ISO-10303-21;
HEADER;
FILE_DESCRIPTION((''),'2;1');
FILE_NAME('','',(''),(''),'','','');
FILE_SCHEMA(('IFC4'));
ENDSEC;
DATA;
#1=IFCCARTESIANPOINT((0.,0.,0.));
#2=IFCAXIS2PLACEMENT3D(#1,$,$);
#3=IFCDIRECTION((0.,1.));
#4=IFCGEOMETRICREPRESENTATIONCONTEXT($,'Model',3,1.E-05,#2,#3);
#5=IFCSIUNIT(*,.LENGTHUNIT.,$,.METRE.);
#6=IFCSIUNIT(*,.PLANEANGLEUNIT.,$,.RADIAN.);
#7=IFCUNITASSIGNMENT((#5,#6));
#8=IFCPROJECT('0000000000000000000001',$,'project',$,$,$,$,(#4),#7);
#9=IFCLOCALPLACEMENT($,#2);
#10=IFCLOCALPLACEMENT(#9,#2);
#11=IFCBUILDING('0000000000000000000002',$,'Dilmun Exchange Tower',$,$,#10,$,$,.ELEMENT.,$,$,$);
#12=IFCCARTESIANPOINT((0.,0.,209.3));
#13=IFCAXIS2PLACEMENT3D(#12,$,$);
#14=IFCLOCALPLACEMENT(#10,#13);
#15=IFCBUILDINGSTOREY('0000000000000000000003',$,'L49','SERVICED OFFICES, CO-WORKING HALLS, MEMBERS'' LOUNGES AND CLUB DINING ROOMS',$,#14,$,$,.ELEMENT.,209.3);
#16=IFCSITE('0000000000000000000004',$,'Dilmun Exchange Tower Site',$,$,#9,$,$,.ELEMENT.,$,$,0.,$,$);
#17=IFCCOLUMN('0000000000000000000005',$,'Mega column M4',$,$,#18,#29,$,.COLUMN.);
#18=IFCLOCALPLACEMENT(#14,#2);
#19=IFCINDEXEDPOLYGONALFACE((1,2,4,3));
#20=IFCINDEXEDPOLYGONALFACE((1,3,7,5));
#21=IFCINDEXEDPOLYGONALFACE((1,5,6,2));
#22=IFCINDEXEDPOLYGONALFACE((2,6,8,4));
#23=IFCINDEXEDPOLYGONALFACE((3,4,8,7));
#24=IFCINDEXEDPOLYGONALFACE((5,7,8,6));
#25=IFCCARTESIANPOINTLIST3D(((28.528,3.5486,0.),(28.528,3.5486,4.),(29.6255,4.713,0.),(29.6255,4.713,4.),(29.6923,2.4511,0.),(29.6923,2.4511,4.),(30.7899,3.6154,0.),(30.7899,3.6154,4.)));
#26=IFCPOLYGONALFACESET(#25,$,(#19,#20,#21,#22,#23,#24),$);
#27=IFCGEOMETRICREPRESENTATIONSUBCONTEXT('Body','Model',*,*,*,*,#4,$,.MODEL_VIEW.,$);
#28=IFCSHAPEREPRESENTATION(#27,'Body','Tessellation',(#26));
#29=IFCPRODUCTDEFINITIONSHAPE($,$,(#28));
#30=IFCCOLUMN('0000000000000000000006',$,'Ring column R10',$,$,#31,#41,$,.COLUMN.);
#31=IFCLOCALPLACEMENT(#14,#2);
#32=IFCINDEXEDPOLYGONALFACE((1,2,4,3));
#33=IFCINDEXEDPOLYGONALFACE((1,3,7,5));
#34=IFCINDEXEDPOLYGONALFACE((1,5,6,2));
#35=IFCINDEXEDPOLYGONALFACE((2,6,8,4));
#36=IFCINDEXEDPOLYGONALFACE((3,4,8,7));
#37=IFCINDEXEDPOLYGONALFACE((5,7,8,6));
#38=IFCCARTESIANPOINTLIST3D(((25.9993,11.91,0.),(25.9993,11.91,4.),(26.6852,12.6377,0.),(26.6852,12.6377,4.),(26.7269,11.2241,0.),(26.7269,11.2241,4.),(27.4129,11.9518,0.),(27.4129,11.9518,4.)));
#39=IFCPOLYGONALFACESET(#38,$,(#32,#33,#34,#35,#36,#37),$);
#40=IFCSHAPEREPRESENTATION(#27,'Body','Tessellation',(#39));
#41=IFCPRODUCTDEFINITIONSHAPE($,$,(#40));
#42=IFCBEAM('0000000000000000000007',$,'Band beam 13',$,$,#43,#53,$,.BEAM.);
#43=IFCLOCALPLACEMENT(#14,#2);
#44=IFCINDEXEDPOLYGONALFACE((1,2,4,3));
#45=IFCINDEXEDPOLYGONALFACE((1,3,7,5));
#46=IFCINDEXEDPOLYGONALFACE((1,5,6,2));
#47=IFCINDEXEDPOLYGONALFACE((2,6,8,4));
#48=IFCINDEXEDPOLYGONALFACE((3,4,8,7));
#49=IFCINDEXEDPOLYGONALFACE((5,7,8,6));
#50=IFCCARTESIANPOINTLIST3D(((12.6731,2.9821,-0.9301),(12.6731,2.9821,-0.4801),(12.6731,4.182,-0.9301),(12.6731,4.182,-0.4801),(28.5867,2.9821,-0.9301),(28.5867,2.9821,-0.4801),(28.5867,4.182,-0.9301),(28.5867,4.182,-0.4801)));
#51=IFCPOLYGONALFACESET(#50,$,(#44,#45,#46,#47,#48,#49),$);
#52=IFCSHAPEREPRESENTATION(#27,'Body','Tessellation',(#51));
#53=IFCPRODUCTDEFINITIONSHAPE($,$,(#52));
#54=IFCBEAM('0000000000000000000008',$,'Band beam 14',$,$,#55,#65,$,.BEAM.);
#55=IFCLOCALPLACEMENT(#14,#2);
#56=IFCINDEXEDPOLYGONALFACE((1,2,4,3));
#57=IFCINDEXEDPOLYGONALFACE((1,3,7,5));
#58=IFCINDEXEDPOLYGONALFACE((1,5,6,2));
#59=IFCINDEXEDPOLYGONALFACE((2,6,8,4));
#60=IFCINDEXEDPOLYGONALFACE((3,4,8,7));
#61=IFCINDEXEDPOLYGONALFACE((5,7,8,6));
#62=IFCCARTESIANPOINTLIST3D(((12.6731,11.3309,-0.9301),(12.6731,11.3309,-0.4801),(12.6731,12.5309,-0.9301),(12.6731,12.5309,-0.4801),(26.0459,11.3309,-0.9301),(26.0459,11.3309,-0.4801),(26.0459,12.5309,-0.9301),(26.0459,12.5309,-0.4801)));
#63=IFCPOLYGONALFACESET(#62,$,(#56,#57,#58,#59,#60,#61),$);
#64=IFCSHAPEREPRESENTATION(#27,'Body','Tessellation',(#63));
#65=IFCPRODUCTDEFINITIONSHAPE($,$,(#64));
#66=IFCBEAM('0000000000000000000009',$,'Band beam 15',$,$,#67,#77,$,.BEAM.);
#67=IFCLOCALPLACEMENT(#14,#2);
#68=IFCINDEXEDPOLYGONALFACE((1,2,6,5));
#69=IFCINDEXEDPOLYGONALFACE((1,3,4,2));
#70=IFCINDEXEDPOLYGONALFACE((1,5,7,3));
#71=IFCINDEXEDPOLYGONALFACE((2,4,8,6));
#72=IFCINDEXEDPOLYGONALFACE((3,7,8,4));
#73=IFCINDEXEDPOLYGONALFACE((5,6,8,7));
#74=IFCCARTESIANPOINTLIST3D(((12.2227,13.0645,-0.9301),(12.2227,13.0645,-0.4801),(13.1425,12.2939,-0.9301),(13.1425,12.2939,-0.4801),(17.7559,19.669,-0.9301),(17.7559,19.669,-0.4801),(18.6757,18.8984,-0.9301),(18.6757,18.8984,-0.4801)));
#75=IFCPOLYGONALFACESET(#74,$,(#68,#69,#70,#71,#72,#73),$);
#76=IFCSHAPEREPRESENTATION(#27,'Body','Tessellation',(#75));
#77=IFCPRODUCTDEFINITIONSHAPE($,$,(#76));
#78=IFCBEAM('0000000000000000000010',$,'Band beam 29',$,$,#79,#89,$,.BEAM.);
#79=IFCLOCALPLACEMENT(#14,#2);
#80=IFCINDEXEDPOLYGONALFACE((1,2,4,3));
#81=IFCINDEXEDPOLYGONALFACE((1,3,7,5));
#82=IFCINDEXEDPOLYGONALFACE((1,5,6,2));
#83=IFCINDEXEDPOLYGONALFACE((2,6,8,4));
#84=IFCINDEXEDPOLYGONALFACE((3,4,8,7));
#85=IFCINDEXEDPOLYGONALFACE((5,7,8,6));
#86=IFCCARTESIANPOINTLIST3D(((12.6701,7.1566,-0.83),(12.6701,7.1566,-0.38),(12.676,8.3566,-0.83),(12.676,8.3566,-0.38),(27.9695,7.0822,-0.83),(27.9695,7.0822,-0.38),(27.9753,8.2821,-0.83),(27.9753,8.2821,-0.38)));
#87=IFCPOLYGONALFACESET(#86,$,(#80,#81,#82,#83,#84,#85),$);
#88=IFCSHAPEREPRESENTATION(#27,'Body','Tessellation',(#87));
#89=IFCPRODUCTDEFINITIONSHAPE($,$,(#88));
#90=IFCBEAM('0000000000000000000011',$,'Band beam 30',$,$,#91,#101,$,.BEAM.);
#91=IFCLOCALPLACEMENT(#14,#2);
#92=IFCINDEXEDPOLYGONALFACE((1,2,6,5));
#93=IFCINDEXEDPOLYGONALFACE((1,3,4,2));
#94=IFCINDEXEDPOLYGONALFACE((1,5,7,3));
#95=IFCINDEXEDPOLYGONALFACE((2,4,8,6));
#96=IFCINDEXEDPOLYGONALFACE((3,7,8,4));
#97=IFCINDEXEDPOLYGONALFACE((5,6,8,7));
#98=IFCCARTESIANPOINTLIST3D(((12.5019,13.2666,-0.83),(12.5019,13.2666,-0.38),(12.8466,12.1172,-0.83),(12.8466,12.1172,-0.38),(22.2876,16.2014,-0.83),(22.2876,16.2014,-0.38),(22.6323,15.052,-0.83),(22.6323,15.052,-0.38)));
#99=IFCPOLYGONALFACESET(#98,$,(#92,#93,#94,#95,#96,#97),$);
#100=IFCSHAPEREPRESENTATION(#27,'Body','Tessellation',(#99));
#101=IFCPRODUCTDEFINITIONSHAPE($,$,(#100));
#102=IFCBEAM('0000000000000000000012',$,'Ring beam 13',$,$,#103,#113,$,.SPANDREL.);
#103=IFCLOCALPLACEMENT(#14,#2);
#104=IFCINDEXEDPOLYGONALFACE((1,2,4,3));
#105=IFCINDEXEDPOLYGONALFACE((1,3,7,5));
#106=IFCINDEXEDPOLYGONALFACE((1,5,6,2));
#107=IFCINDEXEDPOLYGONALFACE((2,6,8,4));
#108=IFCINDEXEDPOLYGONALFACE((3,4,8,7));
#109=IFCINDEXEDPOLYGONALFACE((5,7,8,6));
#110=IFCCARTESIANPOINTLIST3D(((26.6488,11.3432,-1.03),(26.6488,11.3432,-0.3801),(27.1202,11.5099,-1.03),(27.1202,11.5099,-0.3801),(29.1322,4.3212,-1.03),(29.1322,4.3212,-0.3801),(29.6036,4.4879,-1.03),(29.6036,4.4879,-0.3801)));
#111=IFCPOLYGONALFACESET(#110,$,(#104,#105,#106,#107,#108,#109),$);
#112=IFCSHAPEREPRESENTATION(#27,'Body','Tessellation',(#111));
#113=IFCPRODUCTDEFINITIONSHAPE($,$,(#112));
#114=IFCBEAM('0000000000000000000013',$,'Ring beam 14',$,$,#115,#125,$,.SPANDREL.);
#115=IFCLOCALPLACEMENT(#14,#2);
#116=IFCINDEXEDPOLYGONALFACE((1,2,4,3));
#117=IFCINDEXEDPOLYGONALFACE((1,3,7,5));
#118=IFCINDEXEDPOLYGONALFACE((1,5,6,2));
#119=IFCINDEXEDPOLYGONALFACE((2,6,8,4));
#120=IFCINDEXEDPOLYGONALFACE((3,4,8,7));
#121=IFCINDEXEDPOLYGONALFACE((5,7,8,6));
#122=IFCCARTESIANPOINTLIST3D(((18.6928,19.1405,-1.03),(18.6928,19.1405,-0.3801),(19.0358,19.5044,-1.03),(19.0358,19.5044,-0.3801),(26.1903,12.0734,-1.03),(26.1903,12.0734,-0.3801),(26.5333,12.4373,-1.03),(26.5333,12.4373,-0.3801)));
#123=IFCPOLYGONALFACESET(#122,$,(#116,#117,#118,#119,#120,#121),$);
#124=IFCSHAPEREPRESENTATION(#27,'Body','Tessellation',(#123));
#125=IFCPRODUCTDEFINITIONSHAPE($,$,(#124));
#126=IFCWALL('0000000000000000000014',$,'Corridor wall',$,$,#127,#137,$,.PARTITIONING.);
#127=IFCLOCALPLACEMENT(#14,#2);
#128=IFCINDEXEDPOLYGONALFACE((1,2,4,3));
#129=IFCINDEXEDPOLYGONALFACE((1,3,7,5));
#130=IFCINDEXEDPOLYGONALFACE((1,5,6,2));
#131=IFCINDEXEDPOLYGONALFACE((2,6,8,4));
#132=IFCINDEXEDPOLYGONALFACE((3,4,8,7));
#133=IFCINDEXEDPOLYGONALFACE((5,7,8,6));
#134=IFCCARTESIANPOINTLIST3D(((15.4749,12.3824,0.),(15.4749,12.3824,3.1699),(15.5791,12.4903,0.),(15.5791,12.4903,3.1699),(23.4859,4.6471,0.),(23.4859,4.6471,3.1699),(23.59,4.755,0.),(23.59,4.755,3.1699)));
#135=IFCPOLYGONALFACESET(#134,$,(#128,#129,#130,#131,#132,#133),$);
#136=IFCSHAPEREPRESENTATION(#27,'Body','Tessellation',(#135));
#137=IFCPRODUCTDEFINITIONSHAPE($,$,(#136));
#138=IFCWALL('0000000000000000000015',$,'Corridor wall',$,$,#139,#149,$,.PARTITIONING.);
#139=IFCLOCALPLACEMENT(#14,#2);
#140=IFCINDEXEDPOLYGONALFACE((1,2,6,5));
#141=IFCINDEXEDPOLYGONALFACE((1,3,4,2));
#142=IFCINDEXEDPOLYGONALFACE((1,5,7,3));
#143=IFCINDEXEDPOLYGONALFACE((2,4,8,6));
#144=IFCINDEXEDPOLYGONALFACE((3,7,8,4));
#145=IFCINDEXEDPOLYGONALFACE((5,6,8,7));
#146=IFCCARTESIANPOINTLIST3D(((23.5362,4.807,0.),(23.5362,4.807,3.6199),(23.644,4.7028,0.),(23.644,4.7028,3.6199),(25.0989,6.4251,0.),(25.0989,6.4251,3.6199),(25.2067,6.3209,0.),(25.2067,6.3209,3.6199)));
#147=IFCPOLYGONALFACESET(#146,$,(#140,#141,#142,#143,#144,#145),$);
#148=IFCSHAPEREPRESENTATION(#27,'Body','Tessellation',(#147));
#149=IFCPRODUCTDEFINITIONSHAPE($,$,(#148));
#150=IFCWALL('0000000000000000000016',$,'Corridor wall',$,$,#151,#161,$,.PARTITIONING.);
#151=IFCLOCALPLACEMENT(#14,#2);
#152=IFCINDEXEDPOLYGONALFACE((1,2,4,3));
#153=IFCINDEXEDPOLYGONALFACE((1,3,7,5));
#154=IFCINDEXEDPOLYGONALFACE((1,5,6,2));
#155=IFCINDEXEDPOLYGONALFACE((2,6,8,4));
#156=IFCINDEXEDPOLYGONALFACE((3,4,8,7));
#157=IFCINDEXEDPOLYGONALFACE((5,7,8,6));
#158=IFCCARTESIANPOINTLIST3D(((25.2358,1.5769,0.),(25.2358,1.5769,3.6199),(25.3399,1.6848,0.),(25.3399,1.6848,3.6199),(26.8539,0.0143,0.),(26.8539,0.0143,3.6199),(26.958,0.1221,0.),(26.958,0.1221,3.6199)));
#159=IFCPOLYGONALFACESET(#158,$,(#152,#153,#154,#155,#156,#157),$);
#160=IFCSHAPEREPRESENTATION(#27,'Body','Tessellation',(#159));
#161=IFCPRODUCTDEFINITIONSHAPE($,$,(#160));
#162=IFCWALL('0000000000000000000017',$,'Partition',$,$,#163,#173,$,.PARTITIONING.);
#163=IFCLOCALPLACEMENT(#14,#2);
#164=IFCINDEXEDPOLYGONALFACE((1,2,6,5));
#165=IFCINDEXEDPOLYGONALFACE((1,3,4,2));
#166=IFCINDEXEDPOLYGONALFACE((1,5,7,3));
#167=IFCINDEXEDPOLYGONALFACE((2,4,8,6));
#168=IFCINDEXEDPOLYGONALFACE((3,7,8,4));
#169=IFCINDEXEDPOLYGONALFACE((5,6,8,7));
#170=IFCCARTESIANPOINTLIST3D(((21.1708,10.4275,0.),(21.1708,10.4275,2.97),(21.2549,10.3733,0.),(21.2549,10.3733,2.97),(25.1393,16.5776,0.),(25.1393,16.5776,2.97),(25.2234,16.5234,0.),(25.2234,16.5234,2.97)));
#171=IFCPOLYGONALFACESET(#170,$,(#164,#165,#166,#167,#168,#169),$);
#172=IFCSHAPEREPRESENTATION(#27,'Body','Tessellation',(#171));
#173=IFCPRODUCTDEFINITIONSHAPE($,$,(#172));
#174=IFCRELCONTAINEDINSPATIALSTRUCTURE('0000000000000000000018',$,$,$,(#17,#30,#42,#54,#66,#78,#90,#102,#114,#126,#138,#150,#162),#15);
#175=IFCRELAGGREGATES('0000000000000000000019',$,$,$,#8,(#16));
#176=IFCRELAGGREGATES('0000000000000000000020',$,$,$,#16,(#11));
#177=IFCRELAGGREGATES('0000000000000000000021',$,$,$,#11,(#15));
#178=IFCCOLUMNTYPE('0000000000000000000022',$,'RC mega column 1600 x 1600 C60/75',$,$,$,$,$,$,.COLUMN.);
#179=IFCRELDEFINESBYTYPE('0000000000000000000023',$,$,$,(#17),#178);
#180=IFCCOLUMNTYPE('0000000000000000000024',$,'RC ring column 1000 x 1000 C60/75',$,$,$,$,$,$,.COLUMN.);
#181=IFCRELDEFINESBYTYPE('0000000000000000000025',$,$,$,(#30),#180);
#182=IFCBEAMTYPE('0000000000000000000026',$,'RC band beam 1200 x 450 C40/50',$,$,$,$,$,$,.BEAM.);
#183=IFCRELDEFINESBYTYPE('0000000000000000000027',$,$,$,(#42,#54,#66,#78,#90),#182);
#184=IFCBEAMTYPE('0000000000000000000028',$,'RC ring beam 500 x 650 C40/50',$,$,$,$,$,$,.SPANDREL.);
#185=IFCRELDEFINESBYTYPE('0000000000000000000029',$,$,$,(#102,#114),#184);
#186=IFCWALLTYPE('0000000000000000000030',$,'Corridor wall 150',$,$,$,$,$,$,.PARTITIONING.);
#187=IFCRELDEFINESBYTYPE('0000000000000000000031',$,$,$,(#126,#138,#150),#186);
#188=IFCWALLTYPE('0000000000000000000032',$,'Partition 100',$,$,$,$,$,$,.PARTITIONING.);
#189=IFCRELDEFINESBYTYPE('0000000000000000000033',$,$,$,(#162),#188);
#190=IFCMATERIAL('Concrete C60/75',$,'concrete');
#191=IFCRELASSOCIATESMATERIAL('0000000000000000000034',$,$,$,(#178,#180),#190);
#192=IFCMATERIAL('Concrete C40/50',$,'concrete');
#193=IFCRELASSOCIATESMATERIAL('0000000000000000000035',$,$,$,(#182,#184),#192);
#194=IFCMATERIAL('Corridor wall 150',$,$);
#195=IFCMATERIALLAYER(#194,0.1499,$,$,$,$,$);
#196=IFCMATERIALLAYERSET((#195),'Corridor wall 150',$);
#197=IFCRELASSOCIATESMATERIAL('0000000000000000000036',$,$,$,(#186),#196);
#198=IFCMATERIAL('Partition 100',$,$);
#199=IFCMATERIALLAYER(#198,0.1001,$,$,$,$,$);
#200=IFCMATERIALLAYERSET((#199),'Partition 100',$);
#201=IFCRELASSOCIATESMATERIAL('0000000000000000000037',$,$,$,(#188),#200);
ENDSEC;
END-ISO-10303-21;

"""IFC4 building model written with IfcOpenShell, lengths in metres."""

from ifc_helpers import new_model, si_unit, direction, frame, frame_2d, origin, origin_2d, place, context, subcontext, project, spatial, rectangle, extrude, material, layer, layer_set, material_profile, profile_set, type_object, element, save


model = new_model("IFC4")

# Units and contexts
model_context = context("Model", 3, precision=1e-05, world=origin(), true_north=direction((0.0, 1.0)))
body_context = subcontext(model_context, "Body", "Model", "MODEL_VIEW")
ifc_project = project(units=[si_unit("LENGTHUNIT", "METRE"), si_unit("PLANEANGLEUNIT", "RADIAN")], contexts=[model_context])

# Site, building, storey
site_placement = place(None, origin())
site = spatial("IfcSite", under=ifc_project, at=site_placement, Name="Dilmun Exchange Tower Site", CompositionType="ELEMENT", RefElevation=0.0)
building_placement = place(site_placement, origin())
building = spatial("IfcBuilding", under=site, at=building_placement, Name="Dilmun Exchange Tower", CompositionType="ELEMENT")
storey_placement = place(building_placement, frame((0.0, 0.0, 209.3)))
storey = spatial("IfcBuildingStorey", under=building, at=storey_placement, Name="L49", Description="SERVICED OFFICES, CO-WORKING HALLS, MEMBERS' LOUNGES AND CLUB DINING ROOMS", CompositionType="ELEMENT", Elevation=209.3)

# Columns
ifc_material_1 = material(Name="Concrete C60/75", Category="concrete")
ifc_material_profile_1 = material_profile(ifc_material_1, rectangle(XDim=1.6001, YDim=1.6001, at=origin_2d()), Name="1600 x 1600")
ifc_profile_set_1 = profile_set([ifc_material_profile_1], Name="Concrete C60/75")
column_type_1 = type_object("IfcColumnType", Name="RC mega column 1600 x 1600 C60/75", PredefinedType="COLUMN", material=ifc_profile_set_1)
column_1_placement = place(storey_placement, frame((29.6589, 3.582, 0.0), z_axis=(0.0, 0.0, 1.0), x_axis=(0.685916, 0.727681, 0.0)))
element("IfcColumn", 1, at=column_1_placement, inside=storey, type_object=column_type_1, Name="Mega column M4", PredefinedType="COLUMN", context=body_context, shape_type="SweptSolid", body=[
    extrude(rectangle(XDim=1.6001, YDim=1.6001, at=origin_2d()), origin(), (0.0, 0.0, 1.0), 4.0),
])
ifc_material_profile_2 = material_profile(ifc_material_1, rectangle(XDim=1.0, YDim=1.0, at=origin_2d()), Name="1000 x 1000")
ifc_profile_set_2 = profile_set([ifc_material_profile_2], Name="Concrete C60/75")
column_type_2 = type_object("IfcColumnType", Name="RC ring column 1000 x 1000 C60/75", PredefinedType="COLUMN", material=ifc_profile_set_2)
column_2_placement = place(storey_placement, frame((26.7061, 11.9309, 0.0), z_axis=(0.0, 0.0, 1.0), x_axis=(0.685916, 0.727681, 0.0)))
element("IfcColumn", 2, at=column_2_placement, inside=storey, type_object=column_type_2, Name="Ring column R10", PredefinedType="COLUMN", context=body_context, shape_type="SweptSolid", body=[
    extrude(rectangle(XDim=1.0, YDim=1.0, at=origin_2d()), origin(), (0.0, 0.0, 1.0), 4.0),
])

# Beams
ifc_material_2 = material(Name="Concrete C40/50", Category="concrete")
ifc_material_profile_3 = material_profile(ifc_material_2, rectangle(XDim=1.2, YDim=0.45, at=origin_2d()), Name="1200 x 450")
ifc_profile_set_3 = profile_set([ifc_material_profile_3], Name="Concrete C40/50")
beam_type_1 = type_object("IfcBeamType", Name="RC band beam 1200 x 450 C40/50", PredefinedType="BEAM", material=ifc_profile_set_3)
beam_1_placement = place(storey_placement, frame((28.5867, 3.582, -0.7051), z_axis=(-1.0, 0.0, 0.0), x_axis=(0.0, -1.0, 0.0)))
element("IfcBeam", 3, at=beam_1_placement, inside=storey, type_object=beam_type_1, Name="Band beam 13", PredefinedType="BEAM", context=body_context, shape_type="SweptSolid", body=[
    extrude(rectangle(XDim=1.2, YDim=0.45, at=origin_2d()), origin(), (0.0, 0.0, 1.0), 15.9136),
])
beam_2_placement = place(storey_placement, frame((26.0459, 11.9309, -0.7051), z_axis=(-1.0, 0.0, 0.0), x_axis=(0.0, -1.0, 0.0)))
element("IfcBeam", 4, at=beam_2_placement, inside=storey, type_object=beam_type_1, Name="Band beam 14", PredefinedType="BEAM", context=body_context, shape_type="SweptSolid", body=[
    extrude(rectangle(XDim=1.2, YDim=0.45, at=origin_2d()), origin(), (0.0, 0.0, 1.0), 13.3728),
])
beam_3_placement = place(storey_placement, frame((18.2158, 19.2837, -0.7051), z_axis=(-0.6422, -0.766537, 0.0), x_axis=(0.766537, -0.6422, 0.0)))
element("IfcBeam", 5, at=beam_3_placement, inside=storey, type_object=beam_type_1, Name="Band beam 15", PredefinedType="BEAM", context=body_context, shape_type="SweptSolid", body=[
    extrude(rectangle(XDim=1.2, YDim=0.45, at=origin_2d()), origin(), (0.0, 0.0, 1.0), 8.616),
])
beam_4_placement = place(storey_placement, frame((27.9724, 7.6821, -0.605), z_axis=(-0.999988, 0.004867, 0.0), x_axis=(-0.004867, -0.999988, 0.0)))
element("IfcBeam", 6, at=beam_4_placement, inside=storey, type_object=beam_type_1, Name="Band beam 29", PredefinedType="BEAM", context=body_context, shape_type="SweptSolid", body=[
    extrude(rectangle(XDim=1.2, YDim=0.45, at=origin_2d()), origin(), (0.0, 0.0, 1.0), 15.2996),
])
beam_5_placement = place(storey_placement, frame((22.46, 15.6267, -0.605), z_axis=(-0.95785, -0.287269, 0.0), x_axis=(0.287269, -0.95785, 0.0)))
element("IfcBeam", 7, at=beam_5_placement, inside=storey, type_object=beam_type_1, Name="Band beam 30", PredefinedType="BEAM", context=body_context, shape_type="SweptSolid", body=[
    extrude(rectangle(XDim=1.2, YDim=0.45, at=origin_2d()), origin(), (0.0, 0.0, 1.0), 10.2163),
])
ifc_material_profile_4 = material_profile(ifc_material_2, rectangle(XDim=0.5, YDim=0.6499, at=origin_2d()), Name="500 x 650")
ifc_profile_set_4 = profile_set([ifc_material_profile_4], Name="Concrete C40/50")
beam_type_2 = type_object("IfcBeamType", Name="RC ring beam 500 x 650 C40/50", PredefinedType="SPANDREL", material=ifc_profile_set_4)
beam_6_placement = place(storey_placement, frame((29.3679, 4.4045, -0.7051), z_axis=(-0.333424, 0.942777, 0.0), x_axis=(-0.942777, -0.333424, 0.0)))
element("IfcBeam", 8, at=beam_6_placement, inside=storey, type_object=beam_type_2, Name="Ring beam 13", PredefinedType="SPANDREL", context=body_context, shape_type="SweptSolid", body=[
    extrude(rectangle(XDim=0.5, YDim=0.6499, at=origin_2d()), origin(), (0.0, 0.0, 1.0), 7.4482),
])
beam_7_placement = place(storey_placement, frame((26.3618, 12.2554, -0.7051), z_axis=(-0.727686, 0.685911, 0.0), x_axis=(-0.685911, -0.727686, 0.0)))
element("IfcBeam", 9, at=beam_7_placement, inside=storey, type_object=beam_type_2, Name="Ring beam 14", PredefinedType="SPANDREL", context=body_context, shape_type="SweptSolid", body=[
    extrude(rectangle(XDim=0.5, YDim=0.6499, at=origin_2d()), origin(), (0.0, 0.0, 1.0), 10.3032),
])

# Walls
ifc_material_3 = material(Name="Corridor wall 150")
ifc_layer_1 = layer(ifc_material_3, 0.1499)
ifc_layer_set_1 = layer_set([ifc_layer_1], Name="Corridor wall 150")
wall_type_1 = type_object("IfcWallType", Name="Corridor wall 150", PredefinedType="PARTITIONING", material=ifc_layer_set_1)
wall_1_placement = place(storey_placement, frame((15.5271, 12.4363, 0.0), z_axis=(0.0, 0.0, 1.0), x_axis=(0.719374, -0.694623, 0.0)))
element("IfcWall", 10, at=wall_1_placement, inside=storey, type_object=wall_type_1, Name="Corridor wall", PredefinedType="PARTITIONING", context=body_context, shape_type="SweptSolid", body=[
    extrude(rectangle(XDim=11.136, YDim=0.1499, at=frame_2d((5.5679, 0.0))), origin(), (0.0, 0.0, 1.0), 3.1699),
])
for number, where, z_axis, x_axis, name in (
    (11, (23.5901, 4.7549, 0.0), (0.0, 0.0, 1.0), (0.694682, 0.719317, 0.0), "Corridor wall"),
    (12, (25.2878, 1.6309, 0.0), (0.0, 0.0, 1.0), (0.719317, -0.694682, 0.0), "Corridor wall"),
):
    element("IfcWall", number, at=place(storey_placement, frame(where, z_axis=z_axis, x_axis=x_axis)), inside=storey, type_object=wall_type_1, Name=name, PredefinedType="PARTITIONING", context=body_context, shape_type="SweptSolid", body=[
        extrude(rectangle(XDim=2.2495, YDim=0.1499, at=frame_2d((1.1248, 0.0))), origin(), (0.0, 0.0, 1.0), 3.6199),
    ])
ifc_material_4 = material(Name="Partition 100")
ifc_layer_2 = layer(ifc_material_4, 0.1001)
ifc_layer_set_2 = layer_set([ifc_layer_2], Name="Partition 100")
wall_type_2 = type_object("IfcWallType", Name="Partition 100", PredefinedType="PARTITIONING", material=ifc_layer_set_2)
wall_2_placement = place(storey_placement, frame((21.2129, 10.4004, 0.0), z_axis=(0.0, 0.0, 1.0), x_axis=(0.542191, 0.840255, 0.0)))
element("IfcWall", 13, at=wall_2_placement, inside=storey, type_object=wall_type_2, Name="Partition", PredefinedType="PARTITIONING", context=body_context, shape_type="SweptSolid", body=[
    extrude(rectangle(XDim=7.3193, YDim=0.1001, at=frame_2d((3.6597, 0.0))), origin(), (0.0, 0.0, 1.0), 2.97),
])

save(model, "model.ifc")
